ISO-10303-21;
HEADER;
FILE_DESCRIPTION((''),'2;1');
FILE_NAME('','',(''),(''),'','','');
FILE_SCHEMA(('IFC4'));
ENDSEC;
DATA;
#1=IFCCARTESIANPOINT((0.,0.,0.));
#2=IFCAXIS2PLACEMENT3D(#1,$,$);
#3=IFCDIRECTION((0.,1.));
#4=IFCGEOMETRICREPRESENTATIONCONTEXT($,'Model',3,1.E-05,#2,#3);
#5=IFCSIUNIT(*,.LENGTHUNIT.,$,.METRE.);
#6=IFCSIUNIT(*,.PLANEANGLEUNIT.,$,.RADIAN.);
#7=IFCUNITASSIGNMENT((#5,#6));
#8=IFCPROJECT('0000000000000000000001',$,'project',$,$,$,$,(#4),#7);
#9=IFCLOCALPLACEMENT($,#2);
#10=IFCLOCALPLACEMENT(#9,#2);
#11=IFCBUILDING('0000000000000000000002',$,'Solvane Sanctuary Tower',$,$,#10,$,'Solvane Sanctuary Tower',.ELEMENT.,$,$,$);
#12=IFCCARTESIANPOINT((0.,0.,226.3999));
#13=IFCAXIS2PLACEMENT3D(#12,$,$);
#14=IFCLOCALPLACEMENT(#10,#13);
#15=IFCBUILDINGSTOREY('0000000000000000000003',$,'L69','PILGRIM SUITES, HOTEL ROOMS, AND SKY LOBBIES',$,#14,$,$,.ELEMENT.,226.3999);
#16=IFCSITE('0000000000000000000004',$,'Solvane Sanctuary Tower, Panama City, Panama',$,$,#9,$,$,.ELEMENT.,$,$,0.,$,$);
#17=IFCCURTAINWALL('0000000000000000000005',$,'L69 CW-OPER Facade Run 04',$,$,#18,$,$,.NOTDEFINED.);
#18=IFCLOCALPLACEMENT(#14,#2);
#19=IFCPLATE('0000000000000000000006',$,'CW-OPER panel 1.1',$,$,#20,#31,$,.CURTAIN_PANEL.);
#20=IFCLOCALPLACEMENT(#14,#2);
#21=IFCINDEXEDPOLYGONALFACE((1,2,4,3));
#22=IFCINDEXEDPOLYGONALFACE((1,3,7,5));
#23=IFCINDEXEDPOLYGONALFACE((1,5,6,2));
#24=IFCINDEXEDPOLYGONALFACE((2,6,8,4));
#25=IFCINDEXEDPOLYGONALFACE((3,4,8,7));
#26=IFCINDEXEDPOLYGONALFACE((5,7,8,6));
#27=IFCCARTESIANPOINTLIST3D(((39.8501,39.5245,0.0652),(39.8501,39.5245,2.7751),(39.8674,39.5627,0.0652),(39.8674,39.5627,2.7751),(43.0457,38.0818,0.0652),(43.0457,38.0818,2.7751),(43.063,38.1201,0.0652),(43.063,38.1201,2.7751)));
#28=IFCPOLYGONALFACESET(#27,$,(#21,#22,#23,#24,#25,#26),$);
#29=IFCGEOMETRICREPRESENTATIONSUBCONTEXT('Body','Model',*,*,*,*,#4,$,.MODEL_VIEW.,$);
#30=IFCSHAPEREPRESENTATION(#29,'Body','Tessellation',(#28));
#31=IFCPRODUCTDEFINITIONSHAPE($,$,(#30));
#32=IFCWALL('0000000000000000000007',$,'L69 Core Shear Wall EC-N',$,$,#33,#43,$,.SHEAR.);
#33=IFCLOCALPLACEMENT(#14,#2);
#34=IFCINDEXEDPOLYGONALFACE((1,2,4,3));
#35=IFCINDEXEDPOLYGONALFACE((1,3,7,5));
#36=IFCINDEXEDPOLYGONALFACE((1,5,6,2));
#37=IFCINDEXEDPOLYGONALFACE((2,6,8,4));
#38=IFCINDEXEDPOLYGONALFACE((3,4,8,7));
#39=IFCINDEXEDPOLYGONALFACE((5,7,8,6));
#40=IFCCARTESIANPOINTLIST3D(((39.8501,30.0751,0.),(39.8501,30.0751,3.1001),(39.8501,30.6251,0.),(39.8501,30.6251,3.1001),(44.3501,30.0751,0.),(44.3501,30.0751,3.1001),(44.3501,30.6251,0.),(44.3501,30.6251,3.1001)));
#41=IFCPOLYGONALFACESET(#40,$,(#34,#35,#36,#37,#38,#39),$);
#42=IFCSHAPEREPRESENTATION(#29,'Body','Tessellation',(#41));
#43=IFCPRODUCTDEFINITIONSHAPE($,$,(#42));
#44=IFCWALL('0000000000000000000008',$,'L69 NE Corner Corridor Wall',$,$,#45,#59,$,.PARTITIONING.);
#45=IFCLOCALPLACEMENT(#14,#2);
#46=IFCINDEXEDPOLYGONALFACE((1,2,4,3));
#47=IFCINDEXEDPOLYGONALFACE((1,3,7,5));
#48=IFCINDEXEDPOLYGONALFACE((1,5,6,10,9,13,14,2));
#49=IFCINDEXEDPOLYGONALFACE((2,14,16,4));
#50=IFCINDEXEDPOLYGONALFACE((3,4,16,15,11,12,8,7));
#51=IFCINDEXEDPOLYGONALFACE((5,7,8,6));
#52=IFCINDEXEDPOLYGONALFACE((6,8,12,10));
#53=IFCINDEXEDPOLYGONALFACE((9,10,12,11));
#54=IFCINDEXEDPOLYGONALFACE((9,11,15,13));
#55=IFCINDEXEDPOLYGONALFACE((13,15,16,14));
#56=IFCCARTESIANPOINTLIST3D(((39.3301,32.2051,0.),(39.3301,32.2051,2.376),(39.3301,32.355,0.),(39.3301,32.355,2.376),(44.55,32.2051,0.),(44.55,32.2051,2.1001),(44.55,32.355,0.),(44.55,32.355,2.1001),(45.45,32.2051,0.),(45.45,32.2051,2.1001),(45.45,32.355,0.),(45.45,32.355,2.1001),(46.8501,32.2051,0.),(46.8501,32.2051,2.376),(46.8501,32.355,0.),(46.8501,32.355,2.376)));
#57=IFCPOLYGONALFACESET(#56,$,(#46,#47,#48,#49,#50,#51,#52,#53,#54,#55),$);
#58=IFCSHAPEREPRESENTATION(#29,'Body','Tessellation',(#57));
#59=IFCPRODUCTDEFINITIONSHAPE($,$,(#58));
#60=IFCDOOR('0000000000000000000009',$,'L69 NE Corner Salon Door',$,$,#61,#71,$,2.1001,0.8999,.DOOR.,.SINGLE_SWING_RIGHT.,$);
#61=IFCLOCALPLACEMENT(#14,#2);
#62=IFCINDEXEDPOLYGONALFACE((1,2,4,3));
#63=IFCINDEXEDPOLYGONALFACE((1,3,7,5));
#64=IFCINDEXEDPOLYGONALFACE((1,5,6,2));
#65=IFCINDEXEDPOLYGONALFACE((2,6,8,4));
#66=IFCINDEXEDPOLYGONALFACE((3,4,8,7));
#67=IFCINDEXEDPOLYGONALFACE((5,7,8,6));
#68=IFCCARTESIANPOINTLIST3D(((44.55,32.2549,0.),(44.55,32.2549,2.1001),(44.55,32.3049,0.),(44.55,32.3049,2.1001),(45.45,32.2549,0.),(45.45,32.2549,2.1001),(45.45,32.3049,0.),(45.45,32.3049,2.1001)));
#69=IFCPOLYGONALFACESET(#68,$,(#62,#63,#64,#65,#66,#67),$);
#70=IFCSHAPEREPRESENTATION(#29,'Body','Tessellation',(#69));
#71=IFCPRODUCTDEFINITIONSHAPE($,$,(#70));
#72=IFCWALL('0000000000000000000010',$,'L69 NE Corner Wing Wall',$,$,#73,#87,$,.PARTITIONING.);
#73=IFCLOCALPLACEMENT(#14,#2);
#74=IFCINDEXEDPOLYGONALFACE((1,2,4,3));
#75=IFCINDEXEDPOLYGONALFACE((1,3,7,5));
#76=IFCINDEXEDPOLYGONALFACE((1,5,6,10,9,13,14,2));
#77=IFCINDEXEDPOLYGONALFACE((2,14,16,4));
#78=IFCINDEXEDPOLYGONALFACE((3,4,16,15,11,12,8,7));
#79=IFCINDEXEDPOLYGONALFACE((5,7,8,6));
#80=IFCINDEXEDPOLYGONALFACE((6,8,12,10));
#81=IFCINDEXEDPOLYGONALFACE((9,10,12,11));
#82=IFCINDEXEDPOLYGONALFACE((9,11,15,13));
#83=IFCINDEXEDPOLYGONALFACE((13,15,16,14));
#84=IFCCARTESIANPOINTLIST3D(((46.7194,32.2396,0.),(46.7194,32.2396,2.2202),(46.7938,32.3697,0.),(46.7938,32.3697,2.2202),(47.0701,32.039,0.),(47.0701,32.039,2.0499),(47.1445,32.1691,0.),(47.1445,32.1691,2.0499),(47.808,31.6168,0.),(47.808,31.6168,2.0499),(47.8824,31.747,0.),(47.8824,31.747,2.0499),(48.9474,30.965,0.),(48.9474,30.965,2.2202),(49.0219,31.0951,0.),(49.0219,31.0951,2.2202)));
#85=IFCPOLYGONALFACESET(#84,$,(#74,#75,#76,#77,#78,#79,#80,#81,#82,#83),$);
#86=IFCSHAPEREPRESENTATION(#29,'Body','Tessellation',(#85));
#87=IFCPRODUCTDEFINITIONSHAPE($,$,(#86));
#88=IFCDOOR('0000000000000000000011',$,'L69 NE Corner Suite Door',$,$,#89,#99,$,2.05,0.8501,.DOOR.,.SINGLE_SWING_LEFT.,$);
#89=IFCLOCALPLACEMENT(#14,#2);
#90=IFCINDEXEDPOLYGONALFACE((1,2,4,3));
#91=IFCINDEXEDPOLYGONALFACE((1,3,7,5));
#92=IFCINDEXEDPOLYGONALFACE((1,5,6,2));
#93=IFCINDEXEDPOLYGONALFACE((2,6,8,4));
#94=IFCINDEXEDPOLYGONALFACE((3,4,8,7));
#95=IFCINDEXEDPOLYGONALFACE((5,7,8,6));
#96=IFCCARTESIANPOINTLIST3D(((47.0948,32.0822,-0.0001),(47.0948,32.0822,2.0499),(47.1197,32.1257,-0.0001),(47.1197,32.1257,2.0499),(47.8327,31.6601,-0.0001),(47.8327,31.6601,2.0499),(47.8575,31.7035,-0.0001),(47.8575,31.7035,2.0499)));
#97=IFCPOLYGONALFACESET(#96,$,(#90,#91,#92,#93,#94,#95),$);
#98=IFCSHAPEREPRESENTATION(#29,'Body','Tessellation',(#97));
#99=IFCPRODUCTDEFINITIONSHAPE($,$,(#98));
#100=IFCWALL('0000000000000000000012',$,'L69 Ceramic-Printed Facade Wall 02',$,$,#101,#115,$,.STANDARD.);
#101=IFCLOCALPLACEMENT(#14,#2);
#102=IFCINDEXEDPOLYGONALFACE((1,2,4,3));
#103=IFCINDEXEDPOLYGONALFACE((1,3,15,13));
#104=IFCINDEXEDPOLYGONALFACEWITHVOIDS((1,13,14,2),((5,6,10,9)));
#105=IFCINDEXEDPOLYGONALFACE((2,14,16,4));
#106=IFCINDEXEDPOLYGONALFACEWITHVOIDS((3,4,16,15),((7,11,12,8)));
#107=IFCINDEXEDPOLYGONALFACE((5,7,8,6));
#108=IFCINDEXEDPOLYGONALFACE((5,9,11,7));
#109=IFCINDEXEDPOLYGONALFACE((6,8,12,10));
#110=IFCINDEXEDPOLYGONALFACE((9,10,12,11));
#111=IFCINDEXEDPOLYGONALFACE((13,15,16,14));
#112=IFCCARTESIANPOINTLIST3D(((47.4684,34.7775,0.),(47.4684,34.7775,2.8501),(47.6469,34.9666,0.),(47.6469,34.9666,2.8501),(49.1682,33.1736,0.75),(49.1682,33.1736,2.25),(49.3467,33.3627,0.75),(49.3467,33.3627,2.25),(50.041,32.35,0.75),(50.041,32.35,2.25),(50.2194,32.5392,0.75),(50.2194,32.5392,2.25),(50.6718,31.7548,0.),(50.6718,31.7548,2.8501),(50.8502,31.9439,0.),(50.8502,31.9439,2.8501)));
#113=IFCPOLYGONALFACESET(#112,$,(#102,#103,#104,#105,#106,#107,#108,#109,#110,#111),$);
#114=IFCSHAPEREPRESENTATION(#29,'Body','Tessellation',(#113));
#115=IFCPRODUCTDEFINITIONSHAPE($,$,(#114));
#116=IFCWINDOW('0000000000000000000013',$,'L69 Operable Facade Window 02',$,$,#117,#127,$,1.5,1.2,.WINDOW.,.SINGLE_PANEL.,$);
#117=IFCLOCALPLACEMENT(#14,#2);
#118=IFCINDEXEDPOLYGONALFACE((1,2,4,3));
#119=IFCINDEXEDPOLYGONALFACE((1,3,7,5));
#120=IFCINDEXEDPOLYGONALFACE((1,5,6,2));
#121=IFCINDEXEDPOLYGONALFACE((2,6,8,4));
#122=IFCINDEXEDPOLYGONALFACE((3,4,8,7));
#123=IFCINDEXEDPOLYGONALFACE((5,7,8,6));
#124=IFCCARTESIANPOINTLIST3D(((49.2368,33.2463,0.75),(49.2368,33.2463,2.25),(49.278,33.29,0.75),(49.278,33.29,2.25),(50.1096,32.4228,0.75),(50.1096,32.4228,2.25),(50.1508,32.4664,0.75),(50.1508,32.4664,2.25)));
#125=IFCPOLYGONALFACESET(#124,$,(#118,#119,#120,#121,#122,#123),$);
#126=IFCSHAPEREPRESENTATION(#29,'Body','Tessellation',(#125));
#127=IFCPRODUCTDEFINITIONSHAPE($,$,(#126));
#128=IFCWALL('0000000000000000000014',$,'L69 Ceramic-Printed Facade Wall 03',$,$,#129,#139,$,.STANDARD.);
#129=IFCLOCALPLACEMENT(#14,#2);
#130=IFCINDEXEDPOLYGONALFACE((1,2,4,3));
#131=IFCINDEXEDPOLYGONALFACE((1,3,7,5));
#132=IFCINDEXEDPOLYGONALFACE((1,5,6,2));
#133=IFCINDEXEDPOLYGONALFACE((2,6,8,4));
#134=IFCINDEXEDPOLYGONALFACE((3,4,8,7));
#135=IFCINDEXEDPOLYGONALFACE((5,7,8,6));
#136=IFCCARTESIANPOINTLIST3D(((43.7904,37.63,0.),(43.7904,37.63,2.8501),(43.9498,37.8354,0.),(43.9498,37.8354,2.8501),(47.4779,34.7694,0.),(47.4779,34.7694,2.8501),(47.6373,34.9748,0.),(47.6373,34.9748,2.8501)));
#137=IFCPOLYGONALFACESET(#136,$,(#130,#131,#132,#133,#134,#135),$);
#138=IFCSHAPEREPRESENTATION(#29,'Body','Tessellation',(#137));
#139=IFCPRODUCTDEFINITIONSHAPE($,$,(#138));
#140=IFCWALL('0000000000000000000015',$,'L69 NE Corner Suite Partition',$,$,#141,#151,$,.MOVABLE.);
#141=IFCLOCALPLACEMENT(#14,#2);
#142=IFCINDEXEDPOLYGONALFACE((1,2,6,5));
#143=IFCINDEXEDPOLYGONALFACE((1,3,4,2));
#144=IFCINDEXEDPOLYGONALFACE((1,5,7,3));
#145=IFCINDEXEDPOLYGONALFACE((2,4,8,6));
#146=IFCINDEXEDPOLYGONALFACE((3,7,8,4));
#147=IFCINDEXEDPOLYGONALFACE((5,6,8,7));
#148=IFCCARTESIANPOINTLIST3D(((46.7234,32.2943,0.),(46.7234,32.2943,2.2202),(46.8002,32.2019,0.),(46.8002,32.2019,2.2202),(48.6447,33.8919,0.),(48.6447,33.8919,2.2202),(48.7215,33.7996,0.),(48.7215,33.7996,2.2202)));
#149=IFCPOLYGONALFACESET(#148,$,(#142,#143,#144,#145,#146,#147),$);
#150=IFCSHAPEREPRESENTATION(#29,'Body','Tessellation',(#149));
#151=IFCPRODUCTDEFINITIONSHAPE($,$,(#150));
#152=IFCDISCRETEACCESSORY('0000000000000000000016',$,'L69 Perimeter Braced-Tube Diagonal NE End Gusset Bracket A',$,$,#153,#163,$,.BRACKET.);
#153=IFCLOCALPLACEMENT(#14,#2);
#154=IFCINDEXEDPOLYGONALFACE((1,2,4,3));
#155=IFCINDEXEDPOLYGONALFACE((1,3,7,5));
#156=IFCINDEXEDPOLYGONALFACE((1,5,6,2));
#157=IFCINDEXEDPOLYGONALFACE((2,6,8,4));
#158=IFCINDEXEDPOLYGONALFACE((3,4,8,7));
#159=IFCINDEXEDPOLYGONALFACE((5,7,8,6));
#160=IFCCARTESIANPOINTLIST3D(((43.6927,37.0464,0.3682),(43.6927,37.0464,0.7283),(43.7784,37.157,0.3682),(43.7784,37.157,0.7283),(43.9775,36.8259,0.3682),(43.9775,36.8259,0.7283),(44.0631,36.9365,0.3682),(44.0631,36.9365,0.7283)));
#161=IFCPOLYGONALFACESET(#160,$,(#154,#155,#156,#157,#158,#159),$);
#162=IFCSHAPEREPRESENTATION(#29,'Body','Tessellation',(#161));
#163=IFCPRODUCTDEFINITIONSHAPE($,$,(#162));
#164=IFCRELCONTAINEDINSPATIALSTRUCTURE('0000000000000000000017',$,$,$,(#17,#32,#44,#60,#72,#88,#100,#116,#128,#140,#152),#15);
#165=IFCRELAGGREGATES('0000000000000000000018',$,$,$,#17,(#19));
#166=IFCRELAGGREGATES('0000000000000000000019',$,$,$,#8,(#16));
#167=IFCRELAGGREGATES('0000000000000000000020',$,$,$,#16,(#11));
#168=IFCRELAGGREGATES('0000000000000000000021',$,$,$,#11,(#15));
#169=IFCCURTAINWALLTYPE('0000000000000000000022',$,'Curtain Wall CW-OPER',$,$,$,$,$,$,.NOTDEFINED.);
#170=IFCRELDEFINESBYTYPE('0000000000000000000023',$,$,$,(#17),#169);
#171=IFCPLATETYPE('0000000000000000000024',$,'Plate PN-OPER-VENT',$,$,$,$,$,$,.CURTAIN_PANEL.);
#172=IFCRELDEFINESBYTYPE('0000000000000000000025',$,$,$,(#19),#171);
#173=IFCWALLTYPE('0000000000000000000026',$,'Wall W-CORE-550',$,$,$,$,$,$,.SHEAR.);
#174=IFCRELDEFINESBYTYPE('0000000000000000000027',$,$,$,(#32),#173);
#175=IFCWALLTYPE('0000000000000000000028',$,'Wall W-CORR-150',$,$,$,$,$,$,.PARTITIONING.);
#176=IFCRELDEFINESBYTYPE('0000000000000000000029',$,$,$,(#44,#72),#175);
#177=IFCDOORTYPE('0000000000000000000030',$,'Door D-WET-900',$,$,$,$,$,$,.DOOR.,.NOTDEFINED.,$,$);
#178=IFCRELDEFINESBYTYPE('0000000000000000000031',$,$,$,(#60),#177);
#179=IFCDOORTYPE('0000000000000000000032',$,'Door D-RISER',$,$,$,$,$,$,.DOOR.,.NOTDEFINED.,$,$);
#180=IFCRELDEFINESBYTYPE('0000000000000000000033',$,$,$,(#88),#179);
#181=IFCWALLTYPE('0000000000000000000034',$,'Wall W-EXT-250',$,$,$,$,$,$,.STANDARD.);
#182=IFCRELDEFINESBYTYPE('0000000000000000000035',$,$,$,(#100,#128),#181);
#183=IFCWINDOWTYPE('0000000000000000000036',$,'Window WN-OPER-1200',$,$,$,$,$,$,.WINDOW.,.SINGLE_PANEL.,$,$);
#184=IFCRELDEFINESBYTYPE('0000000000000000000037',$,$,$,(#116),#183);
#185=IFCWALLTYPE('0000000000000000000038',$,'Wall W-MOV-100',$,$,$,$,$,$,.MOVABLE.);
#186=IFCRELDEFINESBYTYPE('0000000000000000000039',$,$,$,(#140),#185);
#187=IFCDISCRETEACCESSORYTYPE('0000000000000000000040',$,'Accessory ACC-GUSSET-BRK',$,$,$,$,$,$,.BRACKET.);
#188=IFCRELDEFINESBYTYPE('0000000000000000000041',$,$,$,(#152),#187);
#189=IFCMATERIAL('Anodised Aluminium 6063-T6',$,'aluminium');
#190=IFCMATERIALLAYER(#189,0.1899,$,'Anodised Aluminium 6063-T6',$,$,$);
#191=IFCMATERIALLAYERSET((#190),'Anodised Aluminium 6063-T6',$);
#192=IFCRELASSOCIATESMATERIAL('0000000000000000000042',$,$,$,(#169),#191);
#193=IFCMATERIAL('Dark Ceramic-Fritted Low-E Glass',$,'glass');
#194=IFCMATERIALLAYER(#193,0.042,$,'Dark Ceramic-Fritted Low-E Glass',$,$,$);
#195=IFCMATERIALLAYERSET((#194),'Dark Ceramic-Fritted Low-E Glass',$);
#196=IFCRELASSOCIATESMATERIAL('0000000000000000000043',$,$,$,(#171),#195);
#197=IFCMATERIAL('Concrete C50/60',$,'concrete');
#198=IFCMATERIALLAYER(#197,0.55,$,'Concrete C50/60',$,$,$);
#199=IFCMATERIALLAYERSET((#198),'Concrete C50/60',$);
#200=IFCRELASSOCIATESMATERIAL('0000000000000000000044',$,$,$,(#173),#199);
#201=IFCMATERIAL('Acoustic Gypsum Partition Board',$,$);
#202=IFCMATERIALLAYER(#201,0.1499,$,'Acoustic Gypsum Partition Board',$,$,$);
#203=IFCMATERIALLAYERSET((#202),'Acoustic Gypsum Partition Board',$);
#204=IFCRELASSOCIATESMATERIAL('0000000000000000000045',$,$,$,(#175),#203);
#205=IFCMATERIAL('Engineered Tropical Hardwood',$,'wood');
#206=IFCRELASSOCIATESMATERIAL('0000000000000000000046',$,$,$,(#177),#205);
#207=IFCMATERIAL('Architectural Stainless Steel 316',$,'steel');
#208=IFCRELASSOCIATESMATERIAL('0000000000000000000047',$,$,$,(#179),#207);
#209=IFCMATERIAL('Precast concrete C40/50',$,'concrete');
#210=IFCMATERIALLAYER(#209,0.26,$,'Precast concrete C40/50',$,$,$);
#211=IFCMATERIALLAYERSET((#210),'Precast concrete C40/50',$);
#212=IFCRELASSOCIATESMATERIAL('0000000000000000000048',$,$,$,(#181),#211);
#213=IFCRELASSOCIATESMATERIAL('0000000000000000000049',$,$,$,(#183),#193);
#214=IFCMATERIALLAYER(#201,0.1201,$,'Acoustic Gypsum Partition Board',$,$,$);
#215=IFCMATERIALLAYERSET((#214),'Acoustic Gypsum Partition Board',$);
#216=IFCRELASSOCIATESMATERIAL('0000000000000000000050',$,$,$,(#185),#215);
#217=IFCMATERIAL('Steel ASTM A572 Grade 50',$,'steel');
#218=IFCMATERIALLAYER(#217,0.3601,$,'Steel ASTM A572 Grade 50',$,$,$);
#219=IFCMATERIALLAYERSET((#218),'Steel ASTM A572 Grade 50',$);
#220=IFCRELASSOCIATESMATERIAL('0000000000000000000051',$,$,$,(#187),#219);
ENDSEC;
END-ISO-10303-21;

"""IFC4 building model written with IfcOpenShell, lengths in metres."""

from ifc_helpers import new_model, si_unit, direction, frame, frame_2d, origin, origin_2d, place, context, subcontext, project, spatial, rectangle, extrude, material, layer, layer_set, type_object, element, fill, aggregate, save


model = new_model("IFC4")

# Units and contexts
model_context = context("Model", 3, precision=1e-05, world=origin(), true_north=direction((0.0, 1.0)))
body_context = subcontext(model_context, "Body", "Model", "MODEL_VIEW")
ifc_project = project(units=[si_unit("LENGTHUNIT", "METRE"), si_unit("PLANEANGLEUNIT", "RADIAN")], contexts=[model_context])

# Site, building, storey
site_placement = place(None, origin())
site = spatial("IfcSite", under=ifc_project, at=site_placement, Name="Solvane Sanctuary Tower, Panama City, Panama", CompositionType="ELEMENT", RefElevation=0.0)
building_placement = place(site_placement, origin())
building = spatial("IfcBuilding", under=site, at=building_placement, Name="Solvane Sanctuary Tower", LongName="Solvane Sanctuary Tower", CompositionType="ELEMENT")
storey_placement = place(building_placement, frame((0.0, 0.0, 226.3999)))
storey = spatial("IfcBuildingStorey", under=building, at=storey_placement, Name="L69", Description="PILGRIM SUITES, HOTEL ROOMS, AND SKY LOBBIES", CompositionType="ELEMENT", Elevation=226.3999)

# Shared definitions
ifc_material_1 = material(Name="Concrete C50/60", Category="concrete")

# Curtain wall
ifc_material_2 = material(Name="Anodised Aluminium 6063-T6", Category="aluminium")
ifc_layer_1 = layer(ifc_material_2, 0.1899, Name="Anodised Aluminium 6063-T6")
ifc_layer_set_1 = layer_set([ifc_layer_1], Name="Anodised Aluminium 6063-T6")
curtain_wall_type = type_object("IfcCurtainWallType", Name="Curtain Wall CW-OPER", PredefinedType="NOTDEFINED", material=ifc_layer_set_1)
curtain_wall_placement = place(storey_placement, origin())
curtain_wall = element("IfcCurtainWall", 1, at=curtain_wall_placement, inside=storey, type_object=curtain_wall_type, Name="L69 CW-OPER Facade Run 04", PredefinedType="NOTDEFINED")

# Plate
ifc_material_3 = material(Name="Dark Ceramic-Fritted Low-E Glass", Category="glass")
ifc_layer_2 = layer(ifc_material_3, 0.042, Name="Dark Ceramic-Fritted Low-E Glass")
ifc_layer_set_2 = layer_set([ifc_layer_2], Name="Dark Ceramic-Fritted Low-E Glass")
plate_type = type_object("IfcPlateType", Name="Plate PN-OPER-VENT", PredefinedType="CURTAIN_PANEL", material=ifc_layer_set_2)
plate_placement = place(storey_placement, frame((41.4565, 38.8223, 0.0652), z_axis=(0.0, 0.0, 1.0), x_axis=(-0.911423, 0.411471, 0.0)))
plate = element("IfcPlate", 2, at=plate_placement, type_object=plate_type, Name="CW-OPER panel 1.1", PredefinedType="CURTAIN_PANEL", context=body_context, shape_type="SweptSolid", body=[
    extrude(rectangle(XDim=3.5061, YDim=0.042, at=origin_2d()), origin(), (0.0, 0.0, 1.0), 2.71),
])
aggregate(curtain_wall, [plate])

# Wall
ifc_layer_3 = layer(ifc_material_1, 0.55, Name="Concrete C50/60")
ifc_layer_set_3 = layer_set([ifc_layer_3], Name="Concrete C50/60")
wall_type_1 = type_object("IfcWallType", Name="Wall W-CORE-550", PredefinedType="SHEAR", material=ifc_layer_set_3)
wall_1_placement = place(storey_placement, frame((39.8501, 30.3501, 0.0), z_axis=(0.0, 0.0, 1.0), x_axis=(1.0, 0.0, 0.0)))
element("IfcWall", 3, at=wall_1_placement, inside=storey, type_object=wall_type_1, Name="L69 Core Shear Wall EC-N", PredefinedType="SHEAR", context=body_context, shape_type="SweptSolid", body=[
    extrude(rectangle(XDim=4.5, YDim=0.55, at=frame_2d((2.25, 0.0))), origin(), (0.0, 0.0, 1.0), 3.1001),
])

# Walls, openings, doors
ifc_material_4 = material(Name="Acoustic Gypsum Partition Board")
ifc_layer_4 = layer(ifc_material_4, 0.1499, Name="Acoustic Gypsum Partition Board")
ifc_layer_set_4 = layer_set([ifc_layer_4], Name="Acoustic Gypsum Partition Board")
wall_type_2 = type_object("IfcWallType", Name="Wall W-CORR-150", PredefinedType="PARTITIONING", material=ifc_layer_set_4)
wall_2_placement = place(storey_placement, frame((39.3301, 32.28, 0.0), z_axis=(0.0, 0.0, 1.0), x_axis=(1.0, 0.0, 0.0)))
wall_2 = element("IfcWall", 4, at=wall_2_placement, inside=storey, type_object=wall_type_2, Name="L69 NE Corner Corridor Wall", PredefinedType="PARTITIONING", context=body_context, shape_type="SweptSolid", body=[
    extrude(rectangle(XDim=7.52, YDim=0.1499, at=frame_2d((3.76, 0.0))), origin(), (0.0, 0.0, 1.0), 2.376),
])
opening_1_placement = place(wall_2_placement, frame((5.22, 0.0, 0.0)))
opening_1 = element("IfcOpeningElement", 5, at=opening_1_placement, cuts=wall_2, PredefinedType="OPENING", context=body_context, shape_type="SweptSolid", body=[
    extrude(rectangle(XDim=0.8999, YDim=2.1001, at=frame_2d((0.45, 1.05))), frame((0.0, 0.085, 0.0), z_axis=(0.0, -1.0, 0.0), x_axis=(1.0, 0.0, 0.0)), (0.0, 0.0, 1.0), 0.1699),
])
ifc_material_5 = material(Name="Engineered Tropical Hardwood", Category="wood")
door_type_1 = type_object("IfcDoorType", Name="Door D-WET-900", OperationType="NOTDEFINED", PredefinedType="DOOR", material=ifc_material_5)
door_1_placement = place(opening_1_placement, origin())
door_1 = element("IfcDoor", 6, at=door_1_placement, inside=storey, type_object=door_type_1, Name="L69 NE Corner Salon Door", OperationType="SINGLE_SWING_RIGHT", OverallHeight=2.1001, OverallWidth=0.8999, PredefinedType="DOOR", context=body_context, shape_type="SweptSolid", body=[
    extrude(rectangle(XDim=0.8999, YDim=2.1001, at=frame_2d((0.45, 1.05))), frame((0.0, 0.0249, 0.0), z_axis=(0.0, -1.0, 0.0), x_axis=(1.0, 0.0, 0.0)), (0.0, 0.0, 1.0), 0.05),
])
fill(opening_1, door_1)
wall_3_placement = place(storey_placement, frame((46.7566, 32.3047, 0.0), z_axis=(0.0, 0.0, 1.0), x_axis=(0.867991, -0.496579, 0.0)))
wall_3 = element("IfcWall", 7, at=wall_3_placement, inside=storey, type_object=wall_type_2, Name="L69 NE Corner Wing Wall", PredefinedType="PARTITIONING", context=body_context, shape_type="SweptSolid", body=[
    extrude(rectangle(XDim=2.5669, YDim=0.1499, at=frame_2d((1.2834, 0.0))), origin(), (0.0, 0.0, 1.0), 2.2202),
])
opening_2_placement = place(wall_3_placement, frame((0.4041, 0.0, 0.0)))
opening_2 = element("IfcOpeningElement", 8, at=opening_2_placement, cuts=wall_3, PredefinedType="OPENING", context=body_context, shape_type="SweptSolid", body=[
    extrude(rectangle(XDim=0.8501, YDim=2.05, at=frame_2d((0.425, 1.0249))), frame((0.0, 0.085, 0.0), z_axis=(0.0, -1.0, 0.0), x_axis=(1.0, 0.0, 0.0)), (0.0, 0.0, 1.0), 0.1699),
])
ifc_material_6 = material(Name="Architectural Stainless Steel 316", Category="steel")
door_type_2 = type_object("IfcDoorType", Name="Door D-RISER", OperationType="NOTDEFINED", PredefinedType="DOOR", material=ifc_material_6)
door_2_placement = place(opening_2_placement, origin())
door_2 = element("IfcDoor", 9, at=door_2_placement, inside=storey, type_object=door_type_2, Name="L69 NE Corner Suite Door", OperationType="SINGLE_SWING_LEFT", OverallHeight=2.05, OverallWidth=0.8501, PredefinedType="DOOR", context=body_context, shape_type="SweptSolid", body=[
    extrude(rectangle(XDim=0.8501, YDim=2.05, at=frame_2d((0.425, 1.0249))), frame((0.0, 0.0249, 0.0), z_axis=(0.0, -1.0, 0.0), x_axis=(1.0, 0.0, 0.0)), (0.0, 0.0, 1.0), 0.05),
])
fill(opening_2, door_2)

# Wall, opening, window
ifc_material_7 = material(Name="Precast concrete C40/50", Category="concrete")
ifc_layer_5 = layer(ifc_material_7, 0.26, Name="Precast concrete C40/50")
ifc_layer_set_5 = layer_set([ifc_layer_5], Name="Precast concrete C40/50")
wall_type_3 = type_object("IfcWallType", Name="Wall W-EXT-250", PredefinedType="STANDARD", material=ifc_layer_set_5)
wall_4_placement = place(storey_placement, frame((50.761, 31.8494, 0.0), z_axis=(0.0, 0.0, 1.0), x_axis=(-0.727319, 0.6863, 0.0)))
wall_4 = element("IfcWall", 10, at=wall_4_placement, inside=storey, type_object=wall_type_3, Name="L69 Ceramic-Printed Facade Wall 02", PredefinedType="STANDARD", context=body_context, shape_type="SweptSolid", body=[
    extrude(rectangle(XDim=4.4043, YDim=0.26, at=frame_2d((2.2021, 0.0))), origin(), (0.0, 0.0, 1.0), 2.8501),
])
opening_3_placement = place(wall_4_placement, frame((0.8672, 0.0, 0.75)))
opening_3 = element("IfcOpeningElement", 11, at=opening_3_placement, cuts=wall_4, PredefinedType="OPENING", context=body_context, shape_type="SweptSolid", body=[
    extrude(rectangle(XDim=1.2, YDim=1.5, at=frame_2d((0.6001, 0.75))), frame((0.0, 0.1399, 0.0), z_axis=(0.0, -1.0, 0.0), x_axis=(1.0, 0.0, 0.0)), (0.0, 0.0, 1.0), 0.28),
])
window_type = type_object("IfcWindowType", Name="Window WN-OPER-1200", PartitioningType="SINGLE_PANEL", PredefinedType="WINDOW", material=ifc_material_3)
window_placement = place(opening_3_placement, origin())
window = element("IfcWindow", 12, at=window_placement, inside=storey, type_object=window_type, Name="L69 Operable Facade Window 02", OverallHeight=1.5, OverallWidth=1.2, PartitioningType="SINGLE_PANEL", PredefinedType="WINDOW", context=body_context, shape_type="SweptSolid", body=[
    extrude(rectangle(XDim=1.2, YDim=1.5, at=frame_2d((0.6001, 0.75))), frame((0.0, 0.03, 0.0), z_axis=(0.0, -1.0, 0.0), x_axis=(1.0, 0.0, 0.0)), (0.0, 0.0, 1.0), 0.0601),
])
fill(opening_3, window)

# Walls
wall_5_placement = place(storey_placement, frame((47.5576, 34.8721, 0.0), z_axis=(0.0, 0.0, 1.0), x_axis=(-0.790126, 0.612944, 0.0)))
element("IfcWall", 13, at=wall_5_placement, inside=storey, type_object=wall_type_3, Name="L69 Ceramic-Printed Facade Wall 03", PredefinedType="STANDARD", context=body_context, shape_type="SweptSolid", body=[
    extrude(rectangle(XDim=4.667, YDim=0.26, at=frame_2d((2.3335, 0.0))), origin(), (0.0, 0.0, 1.0), 2.8501),
])
ifc_layer_6 = layer(ifc_material_4, 0.1201, Name="Acoustic Gypsum Partition Board")
ifc_layer_set_6 = layer_set([ifc_layer_6], Name="Acoustic Gypsum Partition Board")
wall_type_4 = type_object("IfcWallType", Name="Wall W-MOV-100", PredefinedType="MOVABLE", material=ifc_layer_set_6)
wall_6_placement = place(storey_placement, frame((46.7617, 32.248, 0.0), z_axis=(0.0, 0.0, 1.0), x_axis=(0.76891, 0.639358, 0.0)))
element("IfcWall", 14, at=wall_6_placement, inside=storey, type_object=wall_type_4, Name="L69 NE Corner Suite Partition", PredefinedType="MOVABLE", context=body_context, shape_type="SweptSolid", body=[
    extrude(rectangle(XDim=2.4988, YDim=0.1201, at=frame_2d((1.2495, 0.0))), origin(), (0.0, 0.0, 1.0), 2.2202),
])

# Discrete accessory
ifc_material_8 = material(Name="Steel ASTM A572 Grade 50", Category="steel")
ifc_layer_7 = layer(ifc_material_8, 0.3601, Name="Steel ASTM A572 Grade 50")
ifc_layer_set_7 = layer_set([ifc_layer_7], Name="Steel ASTM A572 Grade 50")
discrete_accessory_type = type_object("IfcDiscreteAccessoryType", Name="Accessory ACC-GUSSET-BRK", PredefinedType="BRACKET", material=ifc_layer_set_7)
for number, where, z_axis, x_axis, name in (
    (15, (43.8779, 36.9915, 0.3682), (0.0, 0.0, 1.0), (0.79069, -0.612217, 0.0), "L69 Perimeter Braced-Tube Diagonal NE End Gusset Bracket A"),
):
    element("IfcDiscreteAccessory", number, at=place(storey_placement, frame(where, z_axis=z_axis, x_axis=x_axis)), inside=storey, type_object=discrete_accessory_type, Name=name, PredefinedType="BRACKET", context=body_context, shape_type="SweptSolid", body=[
        extrude(rectangle(XDim=0.3601, YDim=0.1399, at=origin_2d()), origin(), (0.0, 0.0, 1.0), 0.3601),
    ])

save(model, "model.ifc")
